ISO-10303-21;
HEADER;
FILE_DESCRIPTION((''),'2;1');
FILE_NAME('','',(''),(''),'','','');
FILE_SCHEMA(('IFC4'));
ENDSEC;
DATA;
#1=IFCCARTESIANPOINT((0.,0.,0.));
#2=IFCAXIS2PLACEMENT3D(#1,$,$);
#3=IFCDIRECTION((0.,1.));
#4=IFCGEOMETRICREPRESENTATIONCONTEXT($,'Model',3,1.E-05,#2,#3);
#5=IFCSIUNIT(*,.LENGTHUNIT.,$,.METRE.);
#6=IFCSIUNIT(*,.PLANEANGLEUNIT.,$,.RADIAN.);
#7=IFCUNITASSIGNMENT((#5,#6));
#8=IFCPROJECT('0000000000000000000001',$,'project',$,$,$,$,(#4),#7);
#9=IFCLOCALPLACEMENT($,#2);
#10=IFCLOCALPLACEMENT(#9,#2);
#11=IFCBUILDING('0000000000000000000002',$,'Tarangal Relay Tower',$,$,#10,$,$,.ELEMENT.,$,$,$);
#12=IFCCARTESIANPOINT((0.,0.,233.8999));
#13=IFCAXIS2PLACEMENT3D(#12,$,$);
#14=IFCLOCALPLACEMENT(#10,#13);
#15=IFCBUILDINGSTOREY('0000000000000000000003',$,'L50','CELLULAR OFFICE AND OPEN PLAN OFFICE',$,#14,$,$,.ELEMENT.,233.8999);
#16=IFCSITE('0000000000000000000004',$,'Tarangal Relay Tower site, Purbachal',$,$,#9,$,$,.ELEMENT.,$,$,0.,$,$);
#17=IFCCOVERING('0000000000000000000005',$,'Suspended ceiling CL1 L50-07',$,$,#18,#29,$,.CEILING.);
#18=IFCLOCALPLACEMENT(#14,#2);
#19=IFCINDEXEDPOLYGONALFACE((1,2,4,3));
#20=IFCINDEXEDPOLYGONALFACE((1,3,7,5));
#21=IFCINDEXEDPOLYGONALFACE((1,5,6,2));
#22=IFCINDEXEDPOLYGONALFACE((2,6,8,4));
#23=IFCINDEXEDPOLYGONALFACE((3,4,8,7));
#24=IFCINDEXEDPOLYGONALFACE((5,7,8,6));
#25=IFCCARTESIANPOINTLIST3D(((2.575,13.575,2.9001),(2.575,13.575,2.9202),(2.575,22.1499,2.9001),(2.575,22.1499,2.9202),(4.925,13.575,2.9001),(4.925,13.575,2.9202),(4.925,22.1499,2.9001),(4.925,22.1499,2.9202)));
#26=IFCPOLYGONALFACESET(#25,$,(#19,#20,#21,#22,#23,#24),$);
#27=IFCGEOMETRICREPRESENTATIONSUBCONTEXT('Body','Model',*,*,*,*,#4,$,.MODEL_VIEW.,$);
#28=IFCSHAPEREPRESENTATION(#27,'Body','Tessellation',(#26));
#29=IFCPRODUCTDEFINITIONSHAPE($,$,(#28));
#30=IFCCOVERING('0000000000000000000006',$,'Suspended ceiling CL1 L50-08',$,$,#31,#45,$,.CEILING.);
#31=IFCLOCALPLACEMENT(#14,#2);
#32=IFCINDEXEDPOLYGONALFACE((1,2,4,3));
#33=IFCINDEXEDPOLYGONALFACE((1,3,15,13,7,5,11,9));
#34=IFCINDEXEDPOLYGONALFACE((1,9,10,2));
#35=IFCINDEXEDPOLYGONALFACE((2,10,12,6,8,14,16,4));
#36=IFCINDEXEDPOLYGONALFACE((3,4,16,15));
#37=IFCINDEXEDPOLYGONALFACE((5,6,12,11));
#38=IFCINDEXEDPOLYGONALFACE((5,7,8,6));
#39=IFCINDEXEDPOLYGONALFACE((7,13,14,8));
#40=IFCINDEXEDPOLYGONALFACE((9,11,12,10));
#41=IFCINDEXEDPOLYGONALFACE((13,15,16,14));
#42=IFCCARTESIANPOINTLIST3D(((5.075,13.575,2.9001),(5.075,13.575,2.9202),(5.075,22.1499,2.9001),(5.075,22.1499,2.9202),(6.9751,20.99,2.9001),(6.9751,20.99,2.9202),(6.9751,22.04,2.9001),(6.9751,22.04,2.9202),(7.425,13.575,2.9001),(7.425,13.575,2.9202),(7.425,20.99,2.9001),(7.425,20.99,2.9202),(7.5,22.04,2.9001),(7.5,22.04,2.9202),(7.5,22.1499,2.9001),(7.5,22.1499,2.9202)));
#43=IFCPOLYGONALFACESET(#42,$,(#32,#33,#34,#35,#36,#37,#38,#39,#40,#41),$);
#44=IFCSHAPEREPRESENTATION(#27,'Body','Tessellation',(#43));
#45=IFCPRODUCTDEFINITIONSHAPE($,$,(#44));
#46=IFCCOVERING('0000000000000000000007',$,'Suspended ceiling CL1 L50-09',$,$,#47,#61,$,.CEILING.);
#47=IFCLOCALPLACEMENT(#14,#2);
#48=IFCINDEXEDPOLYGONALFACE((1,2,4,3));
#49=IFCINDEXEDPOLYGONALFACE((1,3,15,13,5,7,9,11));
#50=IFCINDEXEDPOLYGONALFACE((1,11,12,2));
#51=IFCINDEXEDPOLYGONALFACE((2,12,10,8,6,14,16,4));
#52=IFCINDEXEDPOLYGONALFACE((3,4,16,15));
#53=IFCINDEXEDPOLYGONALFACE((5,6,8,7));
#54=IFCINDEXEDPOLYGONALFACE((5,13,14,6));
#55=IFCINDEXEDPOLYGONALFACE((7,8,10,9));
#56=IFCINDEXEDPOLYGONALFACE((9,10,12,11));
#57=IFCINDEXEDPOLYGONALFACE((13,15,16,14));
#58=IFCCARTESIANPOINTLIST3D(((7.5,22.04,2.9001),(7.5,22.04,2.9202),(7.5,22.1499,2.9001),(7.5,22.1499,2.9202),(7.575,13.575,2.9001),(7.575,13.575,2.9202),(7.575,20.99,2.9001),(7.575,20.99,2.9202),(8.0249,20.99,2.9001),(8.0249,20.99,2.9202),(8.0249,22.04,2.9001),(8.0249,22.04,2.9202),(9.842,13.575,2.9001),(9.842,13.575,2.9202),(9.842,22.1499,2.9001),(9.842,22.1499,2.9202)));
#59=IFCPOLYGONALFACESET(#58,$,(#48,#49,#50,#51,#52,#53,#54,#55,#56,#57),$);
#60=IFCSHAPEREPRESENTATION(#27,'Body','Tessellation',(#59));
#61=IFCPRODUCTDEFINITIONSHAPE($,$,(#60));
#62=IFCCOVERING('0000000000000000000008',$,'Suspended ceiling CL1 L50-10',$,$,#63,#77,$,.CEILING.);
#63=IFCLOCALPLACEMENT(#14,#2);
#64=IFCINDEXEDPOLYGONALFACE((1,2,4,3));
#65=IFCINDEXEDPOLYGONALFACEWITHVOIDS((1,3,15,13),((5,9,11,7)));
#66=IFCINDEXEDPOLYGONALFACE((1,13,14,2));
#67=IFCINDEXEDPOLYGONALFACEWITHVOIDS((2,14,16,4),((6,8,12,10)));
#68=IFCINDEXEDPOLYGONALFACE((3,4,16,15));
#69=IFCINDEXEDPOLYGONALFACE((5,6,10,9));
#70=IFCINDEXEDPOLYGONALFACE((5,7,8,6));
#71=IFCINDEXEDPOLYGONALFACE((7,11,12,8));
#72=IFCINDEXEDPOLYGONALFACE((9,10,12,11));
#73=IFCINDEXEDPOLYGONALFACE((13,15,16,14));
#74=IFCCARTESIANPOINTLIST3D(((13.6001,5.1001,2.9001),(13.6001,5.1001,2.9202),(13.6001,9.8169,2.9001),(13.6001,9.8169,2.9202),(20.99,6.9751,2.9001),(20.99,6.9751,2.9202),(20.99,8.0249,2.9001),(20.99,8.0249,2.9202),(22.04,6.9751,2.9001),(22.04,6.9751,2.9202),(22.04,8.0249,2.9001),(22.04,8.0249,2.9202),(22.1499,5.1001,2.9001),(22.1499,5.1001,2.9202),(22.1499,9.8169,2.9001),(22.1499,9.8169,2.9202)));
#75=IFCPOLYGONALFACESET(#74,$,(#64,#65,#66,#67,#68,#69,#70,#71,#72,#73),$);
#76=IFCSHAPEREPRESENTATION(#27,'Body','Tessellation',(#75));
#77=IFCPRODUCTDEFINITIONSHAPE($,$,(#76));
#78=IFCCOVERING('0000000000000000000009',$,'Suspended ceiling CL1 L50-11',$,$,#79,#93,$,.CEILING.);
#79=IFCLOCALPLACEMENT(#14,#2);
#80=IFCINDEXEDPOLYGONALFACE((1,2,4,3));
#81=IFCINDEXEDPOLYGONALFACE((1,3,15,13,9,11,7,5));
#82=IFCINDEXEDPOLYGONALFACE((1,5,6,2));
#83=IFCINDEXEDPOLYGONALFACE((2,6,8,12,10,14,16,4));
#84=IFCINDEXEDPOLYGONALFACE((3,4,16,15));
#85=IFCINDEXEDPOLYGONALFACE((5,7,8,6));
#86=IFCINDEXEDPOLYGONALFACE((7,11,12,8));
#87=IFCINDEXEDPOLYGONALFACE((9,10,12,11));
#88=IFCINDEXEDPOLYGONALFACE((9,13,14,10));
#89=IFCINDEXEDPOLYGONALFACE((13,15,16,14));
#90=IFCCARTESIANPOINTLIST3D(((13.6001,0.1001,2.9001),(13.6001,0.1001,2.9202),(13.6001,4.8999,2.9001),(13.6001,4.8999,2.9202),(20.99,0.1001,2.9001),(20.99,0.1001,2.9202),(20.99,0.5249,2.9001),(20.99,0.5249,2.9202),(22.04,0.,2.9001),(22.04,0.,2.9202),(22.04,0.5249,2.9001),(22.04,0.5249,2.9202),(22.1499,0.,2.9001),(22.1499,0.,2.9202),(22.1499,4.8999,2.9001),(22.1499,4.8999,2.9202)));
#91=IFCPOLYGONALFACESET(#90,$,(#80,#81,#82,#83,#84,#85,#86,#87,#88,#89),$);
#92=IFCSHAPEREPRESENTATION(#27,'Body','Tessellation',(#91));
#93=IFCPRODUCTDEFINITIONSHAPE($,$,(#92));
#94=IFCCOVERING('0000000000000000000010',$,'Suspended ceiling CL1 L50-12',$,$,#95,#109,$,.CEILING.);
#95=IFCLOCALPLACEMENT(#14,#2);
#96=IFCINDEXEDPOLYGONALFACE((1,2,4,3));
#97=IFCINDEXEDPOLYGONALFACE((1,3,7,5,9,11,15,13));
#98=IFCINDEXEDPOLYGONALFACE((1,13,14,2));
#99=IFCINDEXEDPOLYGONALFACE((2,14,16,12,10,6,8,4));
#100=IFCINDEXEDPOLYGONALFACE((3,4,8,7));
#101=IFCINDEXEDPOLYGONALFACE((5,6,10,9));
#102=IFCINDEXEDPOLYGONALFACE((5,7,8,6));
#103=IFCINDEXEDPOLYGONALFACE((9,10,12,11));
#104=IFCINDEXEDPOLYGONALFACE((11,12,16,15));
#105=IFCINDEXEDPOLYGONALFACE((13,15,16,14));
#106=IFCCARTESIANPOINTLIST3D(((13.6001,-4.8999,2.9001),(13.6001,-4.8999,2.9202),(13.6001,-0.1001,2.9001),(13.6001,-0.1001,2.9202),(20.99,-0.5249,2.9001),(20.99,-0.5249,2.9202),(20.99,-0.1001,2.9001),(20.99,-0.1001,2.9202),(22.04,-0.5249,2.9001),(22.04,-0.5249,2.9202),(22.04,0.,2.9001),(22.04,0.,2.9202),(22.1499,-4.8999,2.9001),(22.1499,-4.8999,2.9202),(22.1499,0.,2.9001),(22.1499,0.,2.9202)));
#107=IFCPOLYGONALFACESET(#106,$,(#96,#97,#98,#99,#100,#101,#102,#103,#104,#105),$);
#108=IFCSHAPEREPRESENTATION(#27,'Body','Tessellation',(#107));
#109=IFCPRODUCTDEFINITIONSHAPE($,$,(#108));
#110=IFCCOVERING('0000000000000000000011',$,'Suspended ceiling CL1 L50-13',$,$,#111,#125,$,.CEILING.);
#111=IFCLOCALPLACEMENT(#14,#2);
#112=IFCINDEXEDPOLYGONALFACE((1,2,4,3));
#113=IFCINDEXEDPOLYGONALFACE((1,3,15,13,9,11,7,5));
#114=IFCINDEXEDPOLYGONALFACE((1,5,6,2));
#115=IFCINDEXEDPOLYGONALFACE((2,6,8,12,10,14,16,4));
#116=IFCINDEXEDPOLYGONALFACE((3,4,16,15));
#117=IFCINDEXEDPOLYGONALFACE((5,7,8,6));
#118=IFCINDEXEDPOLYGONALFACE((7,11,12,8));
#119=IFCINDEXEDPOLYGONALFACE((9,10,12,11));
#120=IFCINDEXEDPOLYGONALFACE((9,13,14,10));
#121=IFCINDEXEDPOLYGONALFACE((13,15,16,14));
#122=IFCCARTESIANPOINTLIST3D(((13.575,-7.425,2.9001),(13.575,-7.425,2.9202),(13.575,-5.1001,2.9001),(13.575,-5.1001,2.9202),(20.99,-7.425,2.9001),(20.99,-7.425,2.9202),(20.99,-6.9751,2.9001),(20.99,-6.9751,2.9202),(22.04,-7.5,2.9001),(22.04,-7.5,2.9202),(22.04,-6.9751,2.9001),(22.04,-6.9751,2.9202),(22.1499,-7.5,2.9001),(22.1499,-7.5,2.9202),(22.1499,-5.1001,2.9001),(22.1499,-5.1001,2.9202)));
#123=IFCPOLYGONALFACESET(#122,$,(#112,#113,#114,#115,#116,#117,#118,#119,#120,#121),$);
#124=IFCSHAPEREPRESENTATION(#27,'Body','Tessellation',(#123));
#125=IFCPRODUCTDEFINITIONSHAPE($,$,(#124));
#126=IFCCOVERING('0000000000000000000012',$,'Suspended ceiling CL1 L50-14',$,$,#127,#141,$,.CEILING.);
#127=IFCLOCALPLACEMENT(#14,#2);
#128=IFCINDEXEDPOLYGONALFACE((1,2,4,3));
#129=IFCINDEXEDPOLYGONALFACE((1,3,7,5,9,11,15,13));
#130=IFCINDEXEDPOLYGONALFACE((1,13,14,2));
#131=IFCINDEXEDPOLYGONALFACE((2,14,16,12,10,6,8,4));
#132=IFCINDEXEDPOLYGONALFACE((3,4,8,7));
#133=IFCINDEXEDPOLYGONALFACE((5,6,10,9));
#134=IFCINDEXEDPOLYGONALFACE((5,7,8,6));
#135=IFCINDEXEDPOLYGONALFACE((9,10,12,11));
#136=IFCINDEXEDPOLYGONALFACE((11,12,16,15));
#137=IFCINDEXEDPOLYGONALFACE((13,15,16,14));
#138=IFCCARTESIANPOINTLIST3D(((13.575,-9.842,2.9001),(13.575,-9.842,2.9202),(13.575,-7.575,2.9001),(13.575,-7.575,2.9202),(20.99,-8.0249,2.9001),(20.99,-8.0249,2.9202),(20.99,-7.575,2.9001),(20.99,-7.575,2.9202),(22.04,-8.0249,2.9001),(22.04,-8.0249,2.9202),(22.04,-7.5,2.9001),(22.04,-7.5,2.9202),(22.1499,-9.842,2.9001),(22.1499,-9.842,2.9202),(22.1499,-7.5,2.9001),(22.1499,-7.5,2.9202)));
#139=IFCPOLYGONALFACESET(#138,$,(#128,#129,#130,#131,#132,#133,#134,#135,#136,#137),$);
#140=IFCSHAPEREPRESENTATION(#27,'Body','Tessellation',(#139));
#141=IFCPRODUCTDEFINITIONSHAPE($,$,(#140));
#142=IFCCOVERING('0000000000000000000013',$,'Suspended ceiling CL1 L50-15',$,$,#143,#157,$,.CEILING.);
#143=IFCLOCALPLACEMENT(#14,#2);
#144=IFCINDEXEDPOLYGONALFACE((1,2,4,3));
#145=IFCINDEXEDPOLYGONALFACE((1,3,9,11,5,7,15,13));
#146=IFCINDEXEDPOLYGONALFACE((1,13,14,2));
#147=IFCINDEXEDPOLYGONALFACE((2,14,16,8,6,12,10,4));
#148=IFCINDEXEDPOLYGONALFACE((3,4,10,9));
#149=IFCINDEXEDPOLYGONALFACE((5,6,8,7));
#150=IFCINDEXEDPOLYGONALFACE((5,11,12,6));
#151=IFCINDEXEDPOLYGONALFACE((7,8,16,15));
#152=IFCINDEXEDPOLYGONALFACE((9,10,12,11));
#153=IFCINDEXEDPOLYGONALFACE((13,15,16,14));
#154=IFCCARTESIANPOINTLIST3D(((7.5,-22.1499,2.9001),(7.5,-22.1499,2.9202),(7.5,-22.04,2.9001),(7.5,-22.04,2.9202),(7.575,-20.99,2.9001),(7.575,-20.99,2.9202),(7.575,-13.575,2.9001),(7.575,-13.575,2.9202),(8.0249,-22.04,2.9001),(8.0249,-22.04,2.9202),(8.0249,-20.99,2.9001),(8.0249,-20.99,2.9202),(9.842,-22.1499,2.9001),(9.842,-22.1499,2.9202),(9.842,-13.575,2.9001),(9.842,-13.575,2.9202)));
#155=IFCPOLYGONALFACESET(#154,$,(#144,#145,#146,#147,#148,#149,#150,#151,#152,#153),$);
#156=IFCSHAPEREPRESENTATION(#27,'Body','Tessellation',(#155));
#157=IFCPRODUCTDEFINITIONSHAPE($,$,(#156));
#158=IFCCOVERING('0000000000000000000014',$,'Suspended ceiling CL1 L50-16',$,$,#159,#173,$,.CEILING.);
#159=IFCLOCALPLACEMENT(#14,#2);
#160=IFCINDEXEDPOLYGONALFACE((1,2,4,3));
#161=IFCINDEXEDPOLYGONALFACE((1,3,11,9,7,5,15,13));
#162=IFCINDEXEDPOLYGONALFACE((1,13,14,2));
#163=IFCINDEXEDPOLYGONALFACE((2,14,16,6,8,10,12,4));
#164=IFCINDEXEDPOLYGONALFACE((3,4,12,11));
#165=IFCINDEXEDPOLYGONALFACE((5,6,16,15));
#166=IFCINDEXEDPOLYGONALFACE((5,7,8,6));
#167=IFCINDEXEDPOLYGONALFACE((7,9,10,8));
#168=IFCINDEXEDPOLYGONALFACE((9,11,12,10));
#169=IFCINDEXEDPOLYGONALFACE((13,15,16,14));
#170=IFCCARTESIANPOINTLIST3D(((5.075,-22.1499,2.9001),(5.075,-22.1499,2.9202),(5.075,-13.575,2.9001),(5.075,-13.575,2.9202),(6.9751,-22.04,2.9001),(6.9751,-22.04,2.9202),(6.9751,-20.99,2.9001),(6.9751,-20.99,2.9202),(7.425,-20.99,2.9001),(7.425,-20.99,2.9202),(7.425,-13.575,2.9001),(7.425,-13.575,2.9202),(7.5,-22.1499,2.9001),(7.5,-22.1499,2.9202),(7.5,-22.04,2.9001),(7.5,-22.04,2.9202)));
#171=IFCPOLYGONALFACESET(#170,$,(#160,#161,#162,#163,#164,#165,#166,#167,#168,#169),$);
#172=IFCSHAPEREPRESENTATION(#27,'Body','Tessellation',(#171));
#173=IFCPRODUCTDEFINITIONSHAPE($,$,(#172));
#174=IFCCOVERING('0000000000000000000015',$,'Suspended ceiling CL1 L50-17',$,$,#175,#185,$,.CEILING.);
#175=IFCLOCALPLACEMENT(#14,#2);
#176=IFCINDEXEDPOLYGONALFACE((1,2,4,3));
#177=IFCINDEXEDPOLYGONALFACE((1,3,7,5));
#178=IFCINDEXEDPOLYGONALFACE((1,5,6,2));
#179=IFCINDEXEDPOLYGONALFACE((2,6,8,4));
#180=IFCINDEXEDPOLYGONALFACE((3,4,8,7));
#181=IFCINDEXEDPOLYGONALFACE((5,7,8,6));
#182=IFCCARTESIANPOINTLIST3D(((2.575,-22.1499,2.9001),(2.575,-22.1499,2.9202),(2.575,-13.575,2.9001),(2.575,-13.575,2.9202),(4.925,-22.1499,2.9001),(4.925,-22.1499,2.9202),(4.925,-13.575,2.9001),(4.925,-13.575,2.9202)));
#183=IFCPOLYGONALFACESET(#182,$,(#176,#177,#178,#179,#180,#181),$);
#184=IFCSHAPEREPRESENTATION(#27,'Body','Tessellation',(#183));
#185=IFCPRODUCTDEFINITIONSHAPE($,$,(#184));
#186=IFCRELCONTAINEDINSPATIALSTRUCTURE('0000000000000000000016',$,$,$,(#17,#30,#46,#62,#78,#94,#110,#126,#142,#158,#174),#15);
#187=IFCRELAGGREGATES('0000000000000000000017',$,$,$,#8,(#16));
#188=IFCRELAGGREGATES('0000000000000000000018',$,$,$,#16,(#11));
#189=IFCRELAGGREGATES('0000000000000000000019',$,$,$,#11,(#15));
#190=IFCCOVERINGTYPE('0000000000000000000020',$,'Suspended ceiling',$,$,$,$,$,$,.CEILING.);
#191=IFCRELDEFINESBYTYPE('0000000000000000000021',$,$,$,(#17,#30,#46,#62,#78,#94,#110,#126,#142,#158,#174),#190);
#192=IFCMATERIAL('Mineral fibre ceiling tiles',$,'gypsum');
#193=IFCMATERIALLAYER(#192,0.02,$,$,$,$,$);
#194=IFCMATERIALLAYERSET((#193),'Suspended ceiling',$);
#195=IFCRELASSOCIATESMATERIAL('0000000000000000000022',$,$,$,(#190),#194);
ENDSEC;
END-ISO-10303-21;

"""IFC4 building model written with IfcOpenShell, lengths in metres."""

from ifc_helpers import new_model, si_unit, direction, frame, origin, place, context, subcontext, project, spatial, polyline, outline, extrude, material, layer, layer_set, type_object, element, save


model = new_model("IFC4")

# Units and contexts
model_context = context("Model", 3, precision=1e-05, world=origin(), true_north=direction((0.0, 1.0)))
body_context = subcontext(model_context, "Body", "Model", "MODEL_VIEW")
ifc_project = project(units=[si_unit("LENGTHUNIT", "METRE"), si_unit("PLANEANGLEUNIT", "RADIAN")], contexts=[model_context])

# Site, building, storey
site_placement = place(None, origin())
site = spatial("IfcSite", under=ifc_project, at=site_placement, Name="Tarangal Relay Tower site, Purbachal", CompositionType="ELEMENT", RefElevation=0.0)
building_placement = place(site_placement, origin())
building = spatial("IfcBuilding", under=site, at=building_placement, Name="Tarangal Relay Tower", CompositionType="ELEMENT")
storey_placement = place(building_placement, frame((0.0, 0.0, 233.8999)))
storey = spatial("IfcBuildingStorey", under=building, at=storey_placement, Name="L50", Description="CELLULAR OFFICE AND OPEN PLAN OFFICE", CompositionType="ELEMENT", Elevation=233.8999)

# Coverings
ifc_material_1 = material(Name="Mineral fibre ceiling tiles", Category="gypsum")
ifc_layer_1 = layer(ifc_material_1, 0.02)
ifc_layer_set_1 = layer_set([ifc_layer_1], Name="Suspended ceiling")
covering_type_1 = type_object("IfcCoveringType", Name="Suspended ceiling", PredefinedType="CEILING", material=ifc_layer_set_1)
covering_1_placement = place(storey_placement, frame((0.0, 0.0, 2.9001)))
element("IfcCovering", 1, at=covering_1_placement, inside=storey, type_object=covering_type_1, Name="Suspended ceiling CL1 L50-07", PredefinedType="CEILING", context=body_context, shape_type="SweptSolid", body=[
    extrude(outline(polyline([(2.575, 22.1499), (2.575, 13.575), (4.925, 13.575), (4.925, 22.1499), (2.575, 22.1499)])), origin(), (0.0, 0.0, 1.0), 0.02),
])
covering_2_placement = place(storey_placement, frame((0.0, 0.0, 2.9001)))
element("IfcCovering", 2, at=covering_2_placement, inside=storey, type_object=covering_type_1, Name="Suspended ceiling CL1 L50-08", PredefinedType="CEILING", context=body_context, shape_type="SweptSolid", body=[
    extrude(outline(polyline([(7.5, 22.1499), (5.075, 22.1499), (5.075, 13.575), (7.425, 13.575), (7.425, 20.99), (6.9751, 20.99), (6.9751, 22.04), (7.5, 22.04), (7.5, 22.1499)])), origin(), (0.0, 0.0, 1.0), 0.02),
])
covering_3_placement = place(storey_placement, frame((0.0, 0.0, 2.9001)))
element("IfcCovering", 3, at=covering_3_placement, inside=storey, type_object=covering_type_1, Name="Suspended ceiling CL1 L50-09", PredefinedType="CEILING", context=body_context, shape_type="SweptSolid", body=[
    extrude(outline(polyline([(9.842, 22.1499), (7.5, 22.1499), (7.5, 22.04), (8.0249, 22.04), (8.0249, 20.99), (7.575, 20.99), (7.575, 13.575), (9.842, 13.575), (9.842, 22.1499)])), origin(), (0.0, 0.0, 1.0), 0.02),
])
covering_4_placement = place(storey_placement, frame((0.0, 0.0, 2.9001)))
element("IfcCovering", 4, at=covering_4_placement, inside=storey, type_object=covering_type_1, Name="Suspended ceiling CL1 L50-10", PredefinedType="CEILING", context=body_context, shape_type="SweptSolid", body=[
    extrude(outline(polyline([(22.1499, 5.1001), (22.1499, 9.8169), (13.6001, 9.8169), (13.6001, 5.1001), (22.1499, 5.1001)]), holes=[polyline([(22.04, 8.0249), (20.99, 8.0249), (20.99, 6.9751), (22.04, 6.9751), (22.04, 8.0249)])]), origin(), (0.0, 0.0, 1.0), 0.02),
])
covering_5_placement = place(storey_placement, frame((0.0, 0.0, 2.9001)))
element("IfcCovering", 5, at=covering_5_placement, inside=storey, type_object=covering_type_1, Name="Suspended ceiling CL1 L50-11", PredefinedType="CEILING", context=body_context, shape_type="SweptSolid", body=[
    extrude(outline(polyline([(22.1499, 0.0), (22.1499, 4.8999), (13.6001, 4.8999), (13.6001, 0.1001), (20.99, 0.1001), (20.99, 0.5249), (22.04, 0.5249), (22.04, 0.0), (22.1499, 0.0)])), origin(), (0.0, 0.0, 1.0), 0.02),
])
covering_6_placement = place(storey_placement, frame((0.0, 0.0, 2.9001)))
element("IfcCovering", 6, at=covering_6_placement, inside=storey, type_object=covering_type_1, Name="Suspended ceiling CL1 L50-12", PredefinedType="CEILING", context=body_context, shape_type="SweptSolid", body=[
    extrude(outline(polyline([(22.1499, -4.8999), (22.1499, 0.0), (22.04, 0.0), (22.04, -0.5249), (20.99, -0.5249), (20.99, -0.1001), (13.6001, -0.1001), (13.6001, -4.8999), (22.1499, -4.8999)])), origin(), (0.0, 0.0, 1.0), 0.02),
])
covering_7_placement = place(storey_placement, frame((0.0, 0.0, 2.9001)))
element("IfcCovering", 7, at=covering_7_placement, inside=storey, type_object=covering_type_1, Name="Suspended ceiling CL1 L50-13", PredefinedType="CEILING", context=body_context, shape_type="SweptSolid", body=[
    extrude(outline(polyline([(22.1499, -7.5), (22.1499, -5.1001), (13.575, -5.1001), (13.575, -7.425), (20.99, -7.425), (20.99, -6.9751), (22.04, -6.9751), (22.04, -7.5), (22.1499, -7.5)])), origin(), (0.0, 0.0, 1.0), 0.02),
])
covering_8_placement = place(storey_placement, frame((0.0, 0.0, 2.9001)))
element("IfcCovering", 8, at=covering_8_placement, inside=storey, type_object=covering_type_1, Name="Suspended ceiling CL1 L50-14", PredefinedType="CEILING", context=body_context, shape_type="SweptSolid", body=[
    extrude(outline(polyline([(22.1499, -9.842), (22.1499, -7.5), (22.04, -7.5), (22.04, -8.0249), (20.99, -8.0249), (20.99, -7.575), (13.575, -7.575), (13.575, -9.842), (22.1499, -9.842)])), origin(), (0.0, 0.0, 1.0), 0.02),
])
covering_9_placement = place(storey_placement, frame((0.0, 0.0, 2.9001)))
element("IfcCovering", 9, at=covering_9_placement, inside=storey, type_object=covering_type_1, Name="Suspended ceiling CL1 L50-15", PredefinedType="CEILING", context=body_context, shape_type="SweptSolid", body=[
    extrude(outline(polyline([(7.5, -22.1499), (9.842, -22.1499), (9.842, -13.575), (7.575, -13.575), (7.575, -20.99), (8.0249, -20.99), (8.0249, -22.04), (7.5, -22.04), (7.5, -22.1499)])), origin(), (0.0, 0.0, 1.0), 0.02),
])
covering_10_placement = place(storey_placement, frame((0.0, 0.0, 2.9001)))
element("IfcCovering", 10, at=covering_10_placement, inside=storey, type_object=covering_type_1, Name="Suspended ceiling CL1 L50-16", PredefinedType="CEILING", context=body_context, shape_type="SweptSolid", body=[
    extrude(outline(polyline([(5.075, -22.1499), (7.5, -22.1499), (7.5, -22.04), (6.9751, -22.04), (6.9751, -20.99), (7.425, -20.99), (7.425, -13.575), (5.075, -13.575), (5.075, -22.1499)])), origin(), (0.0, 0.0, 1.0), 0.02),
])
covering_11_placement = place(storey_placement, frame((0.0, 0.0, 2.9001)))
element("IfcCovering", 11, at=covering_11_placement, inside=storey, type_object=covering_type_1, Name="Suspended ceiling CL1 L50-17", PredefinedType="CEILING", context=body_context, shape_type="SweptSolid", body=[
    extrude(outline(polyline([(4.925, -22.1499), (4.925, -13.575), (2.575, -13.575), (2.575, -22.1499), (4.925, -22.1499)])), origin(), (0.0, 0.0, 1.0), 0.02),
])

save(model, "model.ifc")
